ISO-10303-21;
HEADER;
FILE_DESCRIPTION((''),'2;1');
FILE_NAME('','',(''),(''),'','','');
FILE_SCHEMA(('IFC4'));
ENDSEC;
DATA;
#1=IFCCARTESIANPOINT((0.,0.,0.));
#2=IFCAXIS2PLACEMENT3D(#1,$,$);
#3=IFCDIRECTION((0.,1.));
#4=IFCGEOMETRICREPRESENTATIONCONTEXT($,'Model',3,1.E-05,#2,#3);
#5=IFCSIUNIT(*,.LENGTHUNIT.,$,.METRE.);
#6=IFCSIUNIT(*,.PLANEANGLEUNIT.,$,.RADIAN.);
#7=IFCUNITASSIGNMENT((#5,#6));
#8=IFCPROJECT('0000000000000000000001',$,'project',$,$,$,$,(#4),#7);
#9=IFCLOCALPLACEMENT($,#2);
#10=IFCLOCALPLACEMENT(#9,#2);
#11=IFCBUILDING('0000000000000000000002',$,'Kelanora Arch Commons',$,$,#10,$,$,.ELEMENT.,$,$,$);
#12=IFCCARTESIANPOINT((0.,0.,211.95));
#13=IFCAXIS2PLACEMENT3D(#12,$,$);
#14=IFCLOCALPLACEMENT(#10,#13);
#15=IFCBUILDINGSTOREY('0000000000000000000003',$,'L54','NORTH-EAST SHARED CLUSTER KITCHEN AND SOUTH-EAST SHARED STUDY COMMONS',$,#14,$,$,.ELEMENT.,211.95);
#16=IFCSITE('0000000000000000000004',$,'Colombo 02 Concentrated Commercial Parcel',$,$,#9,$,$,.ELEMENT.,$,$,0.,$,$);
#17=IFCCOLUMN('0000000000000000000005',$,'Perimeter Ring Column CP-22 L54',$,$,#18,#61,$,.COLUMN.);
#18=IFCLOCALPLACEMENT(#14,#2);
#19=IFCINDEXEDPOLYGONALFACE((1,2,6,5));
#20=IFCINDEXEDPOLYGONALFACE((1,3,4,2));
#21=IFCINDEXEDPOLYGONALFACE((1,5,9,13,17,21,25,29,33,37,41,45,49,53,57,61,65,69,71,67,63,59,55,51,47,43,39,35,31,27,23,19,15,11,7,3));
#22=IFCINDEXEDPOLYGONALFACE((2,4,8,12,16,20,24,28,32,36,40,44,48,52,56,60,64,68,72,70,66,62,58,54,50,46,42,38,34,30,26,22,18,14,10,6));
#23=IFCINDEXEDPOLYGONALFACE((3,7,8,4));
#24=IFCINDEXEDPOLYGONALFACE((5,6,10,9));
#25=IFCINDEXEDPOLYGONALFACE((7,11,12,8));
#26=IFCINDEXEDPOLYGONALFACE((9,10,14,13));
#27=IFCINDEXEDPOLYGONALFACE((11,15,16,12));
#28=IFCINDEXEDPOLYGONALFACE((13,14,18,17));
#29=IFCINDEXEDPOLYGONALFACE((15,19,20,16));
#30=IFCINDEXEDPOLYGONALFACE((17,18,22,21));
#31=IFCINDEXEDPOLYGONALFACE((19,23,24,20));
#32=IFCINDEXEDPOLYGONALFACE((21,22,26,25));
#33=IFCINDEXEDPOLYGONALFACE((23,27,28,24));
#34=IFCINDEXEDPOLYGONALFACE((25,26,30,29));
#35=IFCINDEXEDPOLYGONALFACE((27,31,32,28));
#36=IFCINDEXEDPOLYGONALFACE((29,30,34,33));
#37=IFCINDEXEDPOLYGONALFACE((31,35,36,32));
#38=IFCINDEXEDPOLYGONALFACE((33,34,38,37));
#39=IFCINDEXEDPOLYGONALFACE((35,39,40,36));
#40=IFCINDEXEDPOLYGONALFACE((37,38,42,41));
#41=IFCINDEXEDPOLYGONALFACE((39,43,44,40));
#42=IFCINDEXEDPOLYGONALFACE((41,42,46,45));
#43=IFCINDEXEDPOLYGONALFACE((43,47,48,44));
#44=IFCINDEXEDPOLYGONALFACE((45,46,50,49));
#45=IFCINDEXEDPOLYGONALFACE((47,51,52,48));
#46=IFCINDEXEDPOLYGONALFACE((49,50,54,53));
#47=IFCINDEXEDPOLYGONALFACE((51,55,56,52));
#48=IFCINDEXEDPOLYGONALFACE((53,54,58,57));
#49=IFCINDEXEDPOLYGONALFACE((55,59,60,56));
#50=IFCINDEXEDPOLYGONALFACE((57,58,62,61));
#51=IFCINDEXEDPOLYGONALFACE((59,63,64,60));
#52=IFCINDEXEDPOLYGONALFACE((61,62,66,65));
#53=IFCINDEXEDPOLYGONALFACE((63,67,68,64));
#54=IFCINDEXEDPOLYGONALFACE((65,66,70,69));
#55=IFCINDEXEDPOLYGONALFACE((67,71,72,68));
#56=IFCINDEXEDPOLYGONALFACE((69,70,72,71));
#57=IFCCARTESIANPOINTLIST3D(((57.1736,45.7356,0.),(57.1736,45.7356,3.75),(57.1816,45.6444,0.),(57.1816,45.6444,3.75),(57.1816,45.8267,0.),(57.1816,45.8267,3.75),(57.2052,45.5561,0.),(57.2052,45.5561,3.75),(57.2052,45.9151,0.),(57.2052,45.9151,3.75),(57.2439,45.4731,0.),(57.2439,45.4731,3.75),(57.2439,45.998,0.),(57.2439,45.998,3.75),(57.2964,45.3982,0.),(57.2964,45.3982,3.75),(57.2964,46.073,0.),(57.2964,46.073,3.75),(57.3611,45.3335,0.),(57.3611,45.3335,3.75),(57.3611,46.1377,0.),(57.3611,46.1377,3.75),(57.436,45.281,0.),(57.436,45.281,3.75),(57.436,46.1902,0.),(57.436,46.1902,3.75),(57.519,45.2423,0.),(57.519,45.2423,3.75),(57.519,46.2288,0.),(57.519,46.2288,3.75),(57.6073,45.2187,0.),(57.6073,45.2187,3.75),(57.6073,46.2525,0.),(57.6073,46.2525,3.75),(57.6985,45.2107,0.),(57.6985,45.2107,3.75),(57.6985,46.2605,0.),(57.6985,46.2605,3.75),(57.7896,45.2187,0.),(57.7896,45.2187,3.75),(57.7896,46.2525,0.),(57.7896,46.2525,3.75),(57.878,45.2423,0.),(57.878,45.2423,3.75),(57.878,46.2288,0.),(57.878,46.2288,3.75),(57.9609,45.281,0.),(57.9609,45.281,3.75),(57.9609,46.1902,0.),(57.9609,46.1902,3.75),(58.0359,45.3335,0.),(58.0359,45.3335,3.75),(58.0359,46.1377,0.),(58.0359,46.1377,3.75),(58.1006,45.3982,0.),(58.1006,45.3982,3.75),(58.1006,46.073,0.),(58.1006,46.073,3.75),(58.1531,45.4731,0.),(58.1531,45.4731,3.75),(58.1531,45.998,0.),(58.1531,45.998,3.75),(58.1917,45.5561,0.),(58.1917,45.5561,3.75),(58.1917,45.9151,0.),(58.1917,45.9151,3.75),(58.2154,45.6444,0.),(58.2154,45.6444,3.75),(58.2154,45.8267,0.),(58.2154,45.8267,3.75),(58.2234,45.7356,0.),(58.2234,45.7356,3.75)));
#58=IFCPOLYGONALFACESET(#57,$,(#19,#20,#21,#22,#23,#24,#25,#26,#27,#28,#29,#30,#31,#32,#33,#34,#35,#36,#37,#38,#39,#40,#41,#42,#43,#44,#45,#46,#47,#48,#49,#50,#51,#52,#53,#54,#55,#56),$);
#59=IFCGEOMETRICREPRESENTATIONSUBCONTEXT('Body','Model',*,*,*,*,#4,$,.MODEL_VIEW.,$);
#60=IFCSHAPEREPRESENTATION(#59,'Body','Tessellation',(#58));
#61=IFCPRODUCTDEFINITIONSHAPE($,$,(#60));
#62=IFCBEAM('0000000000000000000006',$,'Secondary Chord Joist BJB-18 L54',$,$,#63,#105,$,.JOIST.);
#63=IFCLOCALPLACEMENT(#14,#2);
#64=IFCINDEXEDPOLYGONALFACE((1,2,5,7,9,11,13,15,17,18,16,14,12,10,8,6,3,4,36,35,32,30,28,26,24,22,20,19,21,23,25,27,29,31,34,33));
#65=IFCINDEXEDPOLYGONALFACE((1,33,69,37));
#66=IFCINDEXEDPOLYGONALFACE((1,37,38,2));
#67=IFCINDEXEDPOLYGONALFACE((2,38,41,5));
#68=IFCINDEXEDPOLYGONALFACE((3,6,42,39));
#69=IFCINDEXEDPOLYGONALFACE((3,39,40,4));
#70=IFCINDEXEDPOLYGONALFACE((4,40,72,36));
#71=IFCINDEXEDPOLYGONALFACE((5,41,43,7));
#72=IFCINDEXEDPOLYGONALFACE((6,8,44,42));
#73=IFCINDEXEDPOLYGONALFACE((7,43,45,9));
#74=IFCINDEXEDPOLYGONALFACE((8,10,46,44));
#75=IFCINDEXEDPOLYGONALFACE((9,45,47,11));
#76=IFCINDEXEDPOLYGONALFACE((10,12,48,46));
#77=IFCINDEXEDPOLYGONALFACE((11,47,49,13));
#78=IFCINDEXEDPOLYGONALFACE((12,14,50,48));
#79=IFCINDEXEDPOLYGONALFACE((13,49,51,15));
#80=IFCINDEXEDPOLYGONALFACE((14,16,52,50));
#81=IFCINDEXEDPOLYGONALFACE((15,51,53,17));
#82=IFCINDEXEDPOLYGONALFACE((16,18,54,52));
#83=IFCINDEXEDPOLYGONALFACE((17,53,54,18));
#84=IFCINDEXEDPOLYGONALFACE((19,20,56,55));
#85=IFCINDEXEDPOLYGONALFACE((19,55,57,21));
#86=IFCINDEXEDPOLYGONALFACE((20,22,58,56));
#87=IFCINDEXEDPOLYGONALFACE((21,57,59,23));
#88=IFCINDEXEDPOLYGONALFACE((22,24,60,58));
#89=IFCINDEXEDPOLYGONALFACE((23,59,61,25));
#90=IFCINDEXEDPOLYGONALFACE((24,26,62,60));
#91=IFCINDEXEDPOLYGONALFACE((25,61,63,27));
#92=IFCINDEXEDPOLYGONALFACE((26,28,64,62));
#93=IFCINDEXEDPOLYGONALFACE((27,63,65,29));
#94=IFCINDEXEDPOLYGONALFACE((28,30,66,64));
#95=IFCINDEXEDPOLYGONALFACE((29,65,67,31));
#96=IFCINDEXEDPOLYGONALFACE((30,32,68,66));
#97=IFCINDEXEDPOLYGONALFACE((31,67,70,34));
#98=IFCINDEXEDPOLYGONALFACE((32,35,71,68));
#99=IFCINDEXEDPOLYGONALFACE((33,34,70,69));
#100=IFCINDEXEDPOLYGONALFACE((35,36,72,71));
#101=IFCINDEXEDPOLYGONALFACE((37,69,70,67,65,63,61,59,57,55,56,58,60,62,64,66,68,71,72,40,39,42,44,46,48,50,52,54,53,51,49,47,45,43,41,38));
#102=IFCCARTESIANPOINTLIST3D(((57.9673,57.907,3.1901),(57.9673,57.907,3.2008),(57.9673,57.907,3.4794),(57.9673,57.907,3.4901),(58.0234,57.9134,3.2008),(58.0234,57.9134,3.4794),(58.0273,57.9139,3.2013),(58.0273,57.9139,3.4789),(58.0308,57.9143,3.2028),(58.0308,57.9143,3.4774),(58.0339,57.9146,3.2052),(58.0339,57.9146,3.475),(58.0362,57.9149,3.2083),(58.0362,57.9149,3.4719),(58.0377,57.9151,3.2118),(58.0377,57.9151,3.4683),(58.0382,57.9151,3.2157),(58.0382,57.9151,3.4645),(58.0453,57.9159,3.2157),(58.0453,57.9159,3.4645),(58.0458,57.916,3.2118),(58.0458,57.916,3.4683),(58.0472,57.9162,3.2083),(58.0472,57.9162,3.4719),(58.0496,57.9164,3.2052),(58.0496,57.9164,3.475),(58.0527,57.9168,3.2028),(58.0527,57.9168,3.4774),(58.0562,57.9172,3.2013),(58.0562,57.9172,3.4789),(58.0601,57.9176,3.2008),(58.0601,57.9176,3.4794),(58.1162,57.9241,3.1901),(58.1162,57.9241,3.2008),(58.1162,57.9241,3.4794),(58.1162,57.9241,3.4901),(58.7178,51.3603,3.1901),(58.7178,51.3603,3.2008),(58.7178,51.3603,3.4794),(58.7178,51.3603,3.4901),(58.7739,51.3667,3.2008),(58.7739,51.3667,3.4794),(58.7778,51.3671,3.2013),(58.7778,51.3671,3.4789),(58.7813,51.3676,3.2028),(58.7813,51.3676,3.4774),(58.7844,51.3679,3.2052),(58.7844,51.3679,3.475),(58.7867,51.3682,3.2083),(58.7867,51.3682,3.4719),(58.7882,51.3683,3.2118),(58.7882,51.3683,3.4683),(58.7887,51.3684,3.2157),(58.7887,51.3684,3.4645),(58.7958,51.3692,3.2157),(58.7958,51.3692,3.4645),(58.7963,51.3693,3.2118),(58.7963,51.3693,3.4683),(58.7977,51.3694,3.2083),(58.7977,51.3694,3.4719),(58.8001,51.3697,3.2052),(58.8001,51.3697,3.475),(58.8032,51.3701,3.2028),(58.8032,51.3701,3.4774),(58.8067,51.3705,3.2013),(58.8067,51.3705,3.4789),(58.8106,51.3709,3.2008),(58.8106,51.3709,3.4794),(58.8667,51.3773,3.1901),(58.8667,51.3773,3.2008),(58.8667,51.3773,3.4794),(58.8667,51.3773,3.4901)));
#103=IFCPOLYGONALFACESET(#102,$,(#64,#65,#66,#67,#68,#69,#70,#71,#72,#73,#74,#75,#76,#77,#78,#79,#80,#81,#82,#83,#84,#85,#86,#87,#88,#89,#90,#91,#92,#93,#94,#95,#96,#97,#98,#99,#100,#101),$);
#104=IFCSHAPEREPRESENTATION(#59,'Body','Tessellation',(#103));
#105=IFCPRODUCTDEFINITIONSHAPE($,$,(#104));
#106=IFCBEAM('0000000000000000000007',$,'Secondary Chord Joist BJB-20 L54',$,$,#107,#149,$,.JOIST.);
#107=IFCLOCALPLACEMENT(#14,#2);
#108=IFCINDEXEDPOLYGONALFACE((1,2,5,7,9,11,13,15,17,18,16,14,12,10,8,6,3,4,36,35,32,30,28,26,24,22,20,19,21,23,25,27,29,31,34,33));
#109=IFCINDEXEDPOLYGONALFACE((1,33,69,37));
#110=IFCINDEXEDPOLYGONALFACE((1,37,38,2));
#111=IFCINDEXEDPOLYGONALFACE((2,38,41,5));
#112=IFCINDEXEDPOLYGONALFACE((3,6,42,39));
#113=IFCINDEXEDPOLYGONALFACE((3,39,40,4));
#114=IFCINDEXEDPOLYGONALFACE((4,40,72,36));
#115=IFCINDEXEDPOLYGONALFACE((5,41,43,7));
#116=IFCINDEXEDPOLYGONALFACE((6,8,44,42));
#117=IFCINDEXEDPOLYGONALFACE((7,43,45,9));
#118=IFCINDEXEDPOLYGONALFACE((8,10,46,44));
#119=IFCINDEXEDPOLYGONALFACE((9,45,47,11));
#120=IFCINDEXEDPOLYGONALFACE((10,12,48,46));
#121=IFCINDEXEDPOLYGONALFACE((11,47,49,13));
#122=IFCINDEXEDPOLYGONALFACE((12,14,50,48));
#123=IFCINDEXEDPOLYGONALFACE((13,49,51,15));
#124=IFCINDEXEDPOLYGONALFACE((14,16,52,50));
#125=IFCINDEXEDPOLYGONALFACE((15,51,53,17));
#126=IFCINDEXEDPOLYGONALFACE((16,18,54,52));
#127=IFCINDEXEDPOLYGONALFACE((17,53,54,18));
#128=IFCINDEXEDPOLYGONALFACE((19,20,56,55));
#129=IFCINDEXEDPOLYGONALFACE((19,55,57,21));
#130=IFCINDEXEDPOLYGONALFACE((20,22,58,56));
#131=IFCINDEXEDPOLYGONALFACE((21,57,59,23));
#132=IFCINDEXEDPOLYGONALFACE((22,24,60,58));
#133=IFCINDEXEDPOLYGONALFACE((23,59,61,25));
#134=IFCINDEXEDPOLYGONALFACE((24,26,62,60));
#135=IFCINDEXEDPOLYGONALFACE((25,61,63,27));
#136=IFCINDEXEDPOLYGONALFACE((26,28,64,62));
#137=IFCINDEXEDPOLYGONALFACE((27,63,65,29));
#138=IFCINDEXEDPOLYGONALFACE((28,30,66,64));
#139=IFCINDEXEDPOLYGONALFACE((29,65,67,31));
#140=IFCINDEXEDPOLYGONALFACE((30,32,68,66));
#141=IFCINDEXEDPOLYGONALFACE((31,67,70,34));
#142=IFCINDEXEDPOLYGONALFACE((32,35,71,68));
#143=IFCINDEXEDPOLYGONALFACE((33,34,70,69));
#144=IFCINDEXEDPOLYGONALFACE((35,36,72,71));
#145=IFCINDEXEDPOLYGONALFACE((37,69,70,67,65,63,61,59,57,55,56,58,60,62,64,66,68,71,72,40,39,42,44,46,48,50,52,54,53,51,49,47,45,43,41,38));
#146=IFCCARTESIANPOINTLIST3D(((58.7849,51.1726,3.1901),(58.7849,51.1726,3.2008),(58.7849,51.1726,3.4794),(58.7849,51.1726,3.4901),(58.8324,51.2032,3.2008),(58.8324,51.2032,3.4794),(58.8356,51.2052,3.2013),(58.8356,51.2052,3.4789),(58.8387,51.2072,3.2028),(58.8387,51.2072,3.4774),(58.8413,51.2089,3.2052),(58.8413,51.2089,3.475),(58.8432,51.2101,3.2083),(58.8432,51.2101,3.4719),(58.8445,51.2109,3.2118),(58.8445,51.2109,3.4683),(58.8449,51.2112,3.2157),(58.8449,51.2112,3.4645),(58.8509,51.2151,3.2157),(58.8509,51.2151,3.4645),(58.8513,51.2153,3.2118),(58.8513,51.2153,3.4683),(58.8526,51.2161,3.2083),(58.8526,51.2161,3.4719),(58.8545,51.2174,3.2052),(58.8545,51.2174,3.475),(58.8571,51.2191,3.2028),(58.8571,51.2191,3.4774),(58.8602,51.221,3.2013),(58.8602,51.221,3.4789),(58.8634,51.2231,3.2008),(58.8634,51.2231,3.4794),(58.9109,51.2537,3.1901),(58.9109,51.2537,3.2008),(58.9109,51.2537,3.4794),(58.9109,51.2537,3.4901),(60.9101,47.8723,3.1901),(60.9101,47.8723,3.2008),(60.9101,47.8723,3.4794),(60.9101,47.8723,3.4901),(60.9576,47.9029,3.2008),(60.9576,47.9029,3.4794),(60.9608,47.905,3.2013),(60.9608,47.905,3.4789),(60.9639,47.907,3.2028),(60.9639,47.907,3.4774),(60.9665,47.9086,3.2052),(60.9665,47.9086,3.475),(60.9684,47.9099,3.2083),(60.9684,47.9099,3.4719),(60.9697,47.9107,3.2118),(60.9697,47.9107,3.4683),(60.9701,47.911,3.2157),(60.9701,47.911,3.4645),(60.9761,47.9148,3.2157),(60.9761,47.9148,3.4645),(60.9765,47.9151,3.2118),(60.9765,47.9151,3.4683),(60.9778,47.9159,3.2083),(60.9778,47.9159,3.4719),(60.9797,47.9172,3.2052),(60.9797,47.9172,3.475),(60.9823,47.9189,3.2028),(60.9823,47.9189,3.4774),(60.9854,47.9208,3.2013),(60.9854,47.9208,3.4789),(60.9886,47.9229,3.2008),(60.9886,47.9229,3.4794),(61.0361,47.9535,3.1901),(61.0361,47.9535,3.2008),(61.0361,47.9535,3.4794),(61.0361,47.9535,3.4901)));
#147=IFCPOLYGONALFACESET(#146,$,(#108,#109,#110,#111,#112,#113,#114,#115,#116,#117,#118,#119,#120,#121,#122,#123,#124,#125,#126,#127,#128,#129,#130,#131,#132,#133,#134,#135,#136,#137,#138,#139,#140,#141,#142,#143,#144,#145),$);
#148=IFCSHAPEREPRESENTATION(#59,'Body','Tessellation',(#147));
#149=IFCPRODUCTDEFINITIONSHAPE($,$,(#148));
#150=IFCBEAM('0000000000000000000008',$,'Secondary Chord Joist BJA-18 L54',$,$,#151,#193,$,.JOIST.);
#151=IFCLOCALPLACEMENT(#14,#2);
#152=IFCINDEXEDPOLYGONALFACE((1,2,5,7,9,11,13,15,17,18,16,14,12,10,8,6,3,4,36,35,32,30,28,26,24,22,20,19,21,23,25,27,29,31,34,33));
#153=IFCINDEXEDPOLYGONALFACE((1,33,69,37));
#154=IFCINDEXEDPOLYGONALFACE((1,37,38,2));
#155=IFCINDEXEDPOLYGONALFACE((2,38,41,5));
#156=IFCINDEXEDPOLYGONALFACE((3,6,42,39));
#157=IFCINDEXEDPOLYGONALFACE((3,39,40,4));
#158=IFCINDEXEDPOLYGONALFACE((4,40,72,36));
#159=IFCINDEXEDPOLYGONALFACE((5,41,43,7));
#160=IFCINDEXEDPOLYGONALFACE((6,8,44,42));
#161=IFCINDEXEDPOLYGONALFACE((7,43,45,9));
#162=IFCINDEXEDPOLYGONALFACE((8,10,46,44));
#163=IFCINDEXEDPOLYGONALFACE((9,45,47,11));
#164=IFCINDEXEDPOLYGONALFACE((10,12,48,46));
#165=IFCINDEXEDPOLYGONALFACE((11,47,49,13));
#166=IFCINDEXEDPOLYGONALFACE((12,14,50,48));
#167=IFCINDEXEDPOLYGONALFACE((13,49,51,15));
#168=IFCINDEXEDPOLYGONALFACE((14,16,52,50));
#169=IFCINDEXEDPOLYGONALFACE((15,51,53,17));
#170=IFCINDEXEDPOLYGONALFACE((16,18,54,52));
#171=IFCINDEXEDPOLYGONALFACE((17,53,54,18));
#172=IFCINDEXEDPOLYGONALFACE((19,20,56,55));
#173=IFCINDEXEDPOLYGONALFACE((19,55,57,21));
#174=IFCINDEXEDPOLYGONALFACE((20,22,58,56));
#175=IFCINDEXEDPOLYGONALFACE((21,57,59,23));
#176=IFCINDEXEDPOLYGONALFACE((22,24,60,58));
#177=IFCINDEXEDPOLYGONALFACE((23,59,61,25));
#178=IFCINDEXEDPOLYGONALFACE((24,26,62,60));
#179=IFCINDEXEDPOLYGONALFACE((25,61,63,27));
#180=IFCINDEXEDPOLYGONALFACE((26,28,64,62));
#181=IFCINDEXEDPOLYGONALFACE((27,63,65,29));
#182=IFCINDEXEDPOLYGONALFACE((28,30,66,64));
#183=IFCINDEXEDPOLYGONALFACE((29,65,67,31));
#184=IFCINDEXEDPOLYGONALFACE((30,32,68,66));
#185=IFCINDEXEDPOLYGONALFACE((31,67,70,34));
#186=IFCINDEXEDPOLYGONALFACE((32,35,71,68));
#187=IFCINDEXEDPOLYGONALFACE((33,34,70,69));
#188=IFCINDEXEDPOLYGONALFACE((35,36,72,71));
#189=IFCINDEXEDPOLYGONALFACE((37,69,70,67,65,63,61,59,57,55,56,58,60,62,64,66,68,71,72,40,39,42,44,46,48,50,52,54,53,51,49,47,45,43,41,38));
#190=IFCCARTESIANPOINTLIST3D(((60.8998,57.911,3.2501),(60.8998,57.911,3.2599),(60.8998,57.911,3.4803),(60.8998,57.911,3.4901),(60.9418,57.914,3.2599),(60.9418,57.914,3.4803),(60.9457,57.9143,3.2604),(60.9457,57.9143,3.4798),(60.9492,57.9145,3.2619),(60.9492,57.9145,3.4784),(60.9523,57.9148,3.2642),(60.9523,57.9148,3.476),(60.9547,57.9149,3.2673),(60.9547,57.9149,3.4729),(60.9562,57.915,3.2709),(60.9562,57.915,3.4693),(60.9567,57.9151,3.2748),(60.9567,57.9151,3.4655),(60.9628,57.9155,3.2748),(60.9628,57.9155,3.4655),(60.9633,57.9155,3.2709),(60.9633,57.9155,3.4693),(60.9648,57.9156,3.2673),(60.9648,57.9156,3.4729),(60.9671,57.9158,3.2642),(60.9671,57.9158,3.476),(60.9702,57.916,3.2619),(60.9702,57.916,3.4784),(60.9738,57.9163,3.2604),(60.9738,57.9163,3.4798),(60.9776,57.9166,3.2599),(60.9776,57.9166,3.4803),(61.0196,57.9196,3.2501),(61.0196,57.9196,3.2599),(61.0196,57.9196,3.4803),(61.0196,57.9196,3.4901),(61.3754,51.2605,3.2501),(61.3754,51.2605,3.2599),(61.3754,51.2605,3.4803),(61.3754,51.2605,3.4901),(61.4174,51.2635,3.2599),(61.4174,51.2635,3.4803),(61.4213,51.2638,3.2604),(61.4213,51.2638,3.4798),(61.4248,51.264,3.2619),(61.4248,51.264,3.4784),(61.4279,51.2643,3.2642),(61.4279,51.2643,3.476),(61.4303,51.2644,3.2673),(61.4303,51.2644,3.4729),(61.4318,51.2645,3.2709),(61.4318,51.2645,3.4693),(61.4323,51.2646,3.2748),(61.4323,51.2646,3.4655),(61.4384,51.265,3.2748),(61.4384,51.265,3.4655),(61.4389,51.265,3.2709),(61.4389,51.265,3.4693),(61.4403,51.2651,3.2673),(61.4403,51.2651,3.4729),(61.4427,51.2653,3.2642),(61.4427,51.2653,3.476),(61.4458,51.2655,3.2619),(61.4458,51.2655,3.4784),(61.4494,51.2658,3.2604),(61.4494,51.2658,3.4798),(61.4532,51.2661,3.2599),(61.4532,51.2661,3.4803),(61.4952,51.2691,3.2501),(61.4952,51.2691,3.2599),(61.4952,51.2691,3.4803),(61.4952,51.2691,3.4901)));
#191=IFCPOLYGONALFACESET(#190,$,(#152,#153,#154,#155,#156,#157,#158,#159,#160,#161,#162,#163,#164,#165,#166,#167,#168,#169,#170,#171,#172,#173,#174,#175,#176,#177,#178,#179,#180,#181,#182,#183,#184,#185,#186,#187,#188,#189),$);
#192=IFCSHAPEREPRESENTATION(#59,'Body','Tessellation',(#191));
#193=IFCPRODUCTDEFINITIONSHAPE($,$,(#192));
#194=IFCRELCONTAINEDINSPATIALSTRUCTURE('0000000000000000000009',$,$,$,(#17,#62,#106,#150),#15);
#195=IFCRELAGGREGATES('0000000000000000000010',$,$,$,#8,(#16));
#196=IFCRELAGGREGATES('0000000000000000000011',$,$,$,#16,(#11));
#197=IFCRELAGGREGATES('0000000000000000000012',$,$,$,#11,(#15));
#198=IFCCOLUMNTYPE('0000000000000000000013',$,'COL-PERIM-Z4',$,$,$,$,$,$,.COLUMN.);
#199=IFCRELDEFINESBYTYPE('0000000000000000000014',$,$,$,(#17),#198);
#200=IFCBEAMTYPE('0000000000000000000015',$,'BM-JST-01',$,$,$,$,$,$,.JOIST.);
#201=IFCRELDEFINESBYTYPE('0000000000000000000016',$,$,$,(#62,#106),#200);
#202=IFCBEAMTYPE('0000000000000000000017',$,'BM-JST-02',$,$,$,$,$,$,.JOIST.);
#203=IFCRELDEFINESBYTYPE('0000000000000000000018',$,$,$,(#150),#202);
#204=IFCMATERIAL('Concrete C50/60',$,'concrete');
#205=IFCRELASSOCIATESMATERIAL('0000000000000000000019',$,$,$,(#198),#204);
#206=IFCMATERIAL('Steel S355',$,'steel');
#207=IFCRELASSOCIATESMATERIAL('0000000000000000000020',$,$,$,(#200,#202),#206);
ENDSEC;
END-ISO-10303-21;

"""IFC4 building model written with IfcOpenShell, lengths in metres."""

from ifc_helpers import new_model, si_unit, direction, frame, origin, origin_2d, place, context, subcontext, project, spatial, circle, i_section, extrude, material, material_profile, profile_set, type_object, element, save


model = new_model("IFC4")

# Units and contexts
model_context = context("Model", 3, precision=1e-05, world=origin(), true_north=direction((0.0, 1.0)))
body_context = subcontext(model_context, "Body", "Model", "MODEL_VIEW")
ifc_project = project(units=[si_unit("LENGTHUNIT", "METRE"), si_unit("PLANEANGLEUNIT", "RADIAN")], contexts=[model_context])

# Site, building, storey
site_placement = place(None, origin())
site = spatial("IfcSite", under=ifc_project, at=site_placement, Name="Colombo 02 Concentrated Commercial Parcel", CompositionType="ELEMENT", RefElevation=0.0)
building_placement = place(site_placement, origin())
building = spatial("IfcBuilding", under=site, at=building_placement, Name="Kelanora Arch Commons", CompositionType="ELEMENT")
storey_placement = place(building_placement, frame((0.0, 0.0, 211.95)))
storey = spatial("IfcBuildingStorey", under=building, at=storey_placement, Name="L54", Description="NORTH-EAST SHARED CLUSTER KITCHEN AND SOUTH-EAST SHARED STUDY COMMONS", CompositionType="ELEMENT", Elevation=211.95)

# Column
ifc_material_1 = material(Name="Concrete C50/60", Category="concrete")
ifc_material_profile_1 = material_profile(ifc_material_1, circle(Radius=0.5249, at=origin_2d()), Name="RCC1050")
ifc_profile_set_1 = profile_set([ifc_material_profile_1], Name="Concrete C50/60")
column_type = type_object("IfcColumnType", Name="COL-PERIM-Z4", PredefinedType="COLUMN", material=ifc_profile_set_1)
column_placement = place(storey_placement, frame((57.6985, 45.7356, 0.0), z_axis=(0.0, 0.0, 1.0), x_axis=(1.0, 0.0, 0.0)))
element("IfcColumn", 1, at=column_placement, inside=storey, type_object=column_type, Name="Perimeter Ring Column CP-22 L54", PredefinedType="COLUMN", context=body_context, shape_type="SweptSolid", body=[
    extrude(circle(Radius=0.5249, at=origin_2d()), origin(), (0.0, 0.0, 1.0), 3.75),
])

# Beams
ifc_material_2 = material(Name="Steel S355", Category="steel")
ifc_material_profile_2 = material_profile(ifc_material_2, i_section(OverallWidth=0.1499, OverallDepth=0.3, WebThickness=0.0071, FlangeThickness=0.0107, FilletRadius=0.0149, at=origin_2d()), Name="IPE300")
ifc_profile_set_2 = profile_set([ifc_material_profile_2], Name="Steel S355")
beam_type_1 = type_object("IfcBeamType", Name="BM-JST-01", PredefinedType="JOIST", material=ifc_profile_set_2)
beam_1_placement = place(storey_placement, frame((58.0417, 57.9155, 3.3401), z_axis=(0.113891, -0.993493, 0.0), x_axis=(0.993493, 0.113891, 0.0)))
element("IfcBeam", 2, at=beam_1_placement, inside=storey, type_object=beam_type_1, Name="Secondary Chord Joist BJB-18 L54", PredefinedType="JOIST", context=body_context, shape_type="SweptSolid", body=[
    extrude(i_section(OverallWidth=0.1499, OverallDepth=0.3, WebThickness=0.0071, FlangeThickness=0.0107, FilletRadius=0.0149, at=origin_2d()), origin(), (0.0, 0.0, 1.0), 6.5896),
])
beam_2_placement = place(storey_placement, frame((58.8479, 51.2131, 3.3401), z_axis=(0.541411, -0.840758, 0.0), x_axis=(0.840758, 0.541411, 0.0)))
element("IfcBeam", 3, at=beam_2_placement, inside=storey, type_object=beam_type_1, Name="Secondary Chord Joist BJB-20 L54", PredefinedType="JOIST", context=body_context, shape_type="SweptSolid", body=[
    extrude(i_section(OverallWidth=0.1499, OverallDepth=0.3, WebThickness=0.0071, FlangeThickness=0.0107, FilletRadius=0.0149, at=origin_2d()), origin(), (0.0, 0.0, 1.0), 3.9253),
])
ifc_material_profile_3 = material_profile(ifc_material_2, i_section(OverallWidth=0.1201, OverallDepth=0.24, WebThickness=0.0061, FlangeThickness=0.0098, FilletRadius=0.0149, at=origin_2d()), Name="IPE240")
ifc_profile_set_3 = profile_set([ifc_material_profile_3], Name="Steel S355")
beam_type_2 = type_object("IfcBeamType", Name="BM-JST-02", PredefinedType="JOIST", material=ifc_profile_set_3)
beam_3_placement = place(storey_placement, frame((60.9597, 57.9153, 3.3701), z_axis=(0.07133, -0.997453, 0.0), x_axis=(0.997453, 0.07133, 0.0)))
element("IfcBeam", 4, at=beam_3_placement, inside=storey, type_object=beam_type_2, Name="Secondary Chord Joist BJA-18 L54", PredefinedType="JOIST", context=body_context, shape_type="SweptSolid", body=[
    extrude(i_section(OverallWidth=0.1201, OverallDepth=0.24, WebThickness=0.0061, FlangeThickness=0.0098, FilletRadius=0.0149, at=origin_2d()), origin(), (0.0, 0.0, 1.0), 6.6675),
])

save(model, "model.ifc")
